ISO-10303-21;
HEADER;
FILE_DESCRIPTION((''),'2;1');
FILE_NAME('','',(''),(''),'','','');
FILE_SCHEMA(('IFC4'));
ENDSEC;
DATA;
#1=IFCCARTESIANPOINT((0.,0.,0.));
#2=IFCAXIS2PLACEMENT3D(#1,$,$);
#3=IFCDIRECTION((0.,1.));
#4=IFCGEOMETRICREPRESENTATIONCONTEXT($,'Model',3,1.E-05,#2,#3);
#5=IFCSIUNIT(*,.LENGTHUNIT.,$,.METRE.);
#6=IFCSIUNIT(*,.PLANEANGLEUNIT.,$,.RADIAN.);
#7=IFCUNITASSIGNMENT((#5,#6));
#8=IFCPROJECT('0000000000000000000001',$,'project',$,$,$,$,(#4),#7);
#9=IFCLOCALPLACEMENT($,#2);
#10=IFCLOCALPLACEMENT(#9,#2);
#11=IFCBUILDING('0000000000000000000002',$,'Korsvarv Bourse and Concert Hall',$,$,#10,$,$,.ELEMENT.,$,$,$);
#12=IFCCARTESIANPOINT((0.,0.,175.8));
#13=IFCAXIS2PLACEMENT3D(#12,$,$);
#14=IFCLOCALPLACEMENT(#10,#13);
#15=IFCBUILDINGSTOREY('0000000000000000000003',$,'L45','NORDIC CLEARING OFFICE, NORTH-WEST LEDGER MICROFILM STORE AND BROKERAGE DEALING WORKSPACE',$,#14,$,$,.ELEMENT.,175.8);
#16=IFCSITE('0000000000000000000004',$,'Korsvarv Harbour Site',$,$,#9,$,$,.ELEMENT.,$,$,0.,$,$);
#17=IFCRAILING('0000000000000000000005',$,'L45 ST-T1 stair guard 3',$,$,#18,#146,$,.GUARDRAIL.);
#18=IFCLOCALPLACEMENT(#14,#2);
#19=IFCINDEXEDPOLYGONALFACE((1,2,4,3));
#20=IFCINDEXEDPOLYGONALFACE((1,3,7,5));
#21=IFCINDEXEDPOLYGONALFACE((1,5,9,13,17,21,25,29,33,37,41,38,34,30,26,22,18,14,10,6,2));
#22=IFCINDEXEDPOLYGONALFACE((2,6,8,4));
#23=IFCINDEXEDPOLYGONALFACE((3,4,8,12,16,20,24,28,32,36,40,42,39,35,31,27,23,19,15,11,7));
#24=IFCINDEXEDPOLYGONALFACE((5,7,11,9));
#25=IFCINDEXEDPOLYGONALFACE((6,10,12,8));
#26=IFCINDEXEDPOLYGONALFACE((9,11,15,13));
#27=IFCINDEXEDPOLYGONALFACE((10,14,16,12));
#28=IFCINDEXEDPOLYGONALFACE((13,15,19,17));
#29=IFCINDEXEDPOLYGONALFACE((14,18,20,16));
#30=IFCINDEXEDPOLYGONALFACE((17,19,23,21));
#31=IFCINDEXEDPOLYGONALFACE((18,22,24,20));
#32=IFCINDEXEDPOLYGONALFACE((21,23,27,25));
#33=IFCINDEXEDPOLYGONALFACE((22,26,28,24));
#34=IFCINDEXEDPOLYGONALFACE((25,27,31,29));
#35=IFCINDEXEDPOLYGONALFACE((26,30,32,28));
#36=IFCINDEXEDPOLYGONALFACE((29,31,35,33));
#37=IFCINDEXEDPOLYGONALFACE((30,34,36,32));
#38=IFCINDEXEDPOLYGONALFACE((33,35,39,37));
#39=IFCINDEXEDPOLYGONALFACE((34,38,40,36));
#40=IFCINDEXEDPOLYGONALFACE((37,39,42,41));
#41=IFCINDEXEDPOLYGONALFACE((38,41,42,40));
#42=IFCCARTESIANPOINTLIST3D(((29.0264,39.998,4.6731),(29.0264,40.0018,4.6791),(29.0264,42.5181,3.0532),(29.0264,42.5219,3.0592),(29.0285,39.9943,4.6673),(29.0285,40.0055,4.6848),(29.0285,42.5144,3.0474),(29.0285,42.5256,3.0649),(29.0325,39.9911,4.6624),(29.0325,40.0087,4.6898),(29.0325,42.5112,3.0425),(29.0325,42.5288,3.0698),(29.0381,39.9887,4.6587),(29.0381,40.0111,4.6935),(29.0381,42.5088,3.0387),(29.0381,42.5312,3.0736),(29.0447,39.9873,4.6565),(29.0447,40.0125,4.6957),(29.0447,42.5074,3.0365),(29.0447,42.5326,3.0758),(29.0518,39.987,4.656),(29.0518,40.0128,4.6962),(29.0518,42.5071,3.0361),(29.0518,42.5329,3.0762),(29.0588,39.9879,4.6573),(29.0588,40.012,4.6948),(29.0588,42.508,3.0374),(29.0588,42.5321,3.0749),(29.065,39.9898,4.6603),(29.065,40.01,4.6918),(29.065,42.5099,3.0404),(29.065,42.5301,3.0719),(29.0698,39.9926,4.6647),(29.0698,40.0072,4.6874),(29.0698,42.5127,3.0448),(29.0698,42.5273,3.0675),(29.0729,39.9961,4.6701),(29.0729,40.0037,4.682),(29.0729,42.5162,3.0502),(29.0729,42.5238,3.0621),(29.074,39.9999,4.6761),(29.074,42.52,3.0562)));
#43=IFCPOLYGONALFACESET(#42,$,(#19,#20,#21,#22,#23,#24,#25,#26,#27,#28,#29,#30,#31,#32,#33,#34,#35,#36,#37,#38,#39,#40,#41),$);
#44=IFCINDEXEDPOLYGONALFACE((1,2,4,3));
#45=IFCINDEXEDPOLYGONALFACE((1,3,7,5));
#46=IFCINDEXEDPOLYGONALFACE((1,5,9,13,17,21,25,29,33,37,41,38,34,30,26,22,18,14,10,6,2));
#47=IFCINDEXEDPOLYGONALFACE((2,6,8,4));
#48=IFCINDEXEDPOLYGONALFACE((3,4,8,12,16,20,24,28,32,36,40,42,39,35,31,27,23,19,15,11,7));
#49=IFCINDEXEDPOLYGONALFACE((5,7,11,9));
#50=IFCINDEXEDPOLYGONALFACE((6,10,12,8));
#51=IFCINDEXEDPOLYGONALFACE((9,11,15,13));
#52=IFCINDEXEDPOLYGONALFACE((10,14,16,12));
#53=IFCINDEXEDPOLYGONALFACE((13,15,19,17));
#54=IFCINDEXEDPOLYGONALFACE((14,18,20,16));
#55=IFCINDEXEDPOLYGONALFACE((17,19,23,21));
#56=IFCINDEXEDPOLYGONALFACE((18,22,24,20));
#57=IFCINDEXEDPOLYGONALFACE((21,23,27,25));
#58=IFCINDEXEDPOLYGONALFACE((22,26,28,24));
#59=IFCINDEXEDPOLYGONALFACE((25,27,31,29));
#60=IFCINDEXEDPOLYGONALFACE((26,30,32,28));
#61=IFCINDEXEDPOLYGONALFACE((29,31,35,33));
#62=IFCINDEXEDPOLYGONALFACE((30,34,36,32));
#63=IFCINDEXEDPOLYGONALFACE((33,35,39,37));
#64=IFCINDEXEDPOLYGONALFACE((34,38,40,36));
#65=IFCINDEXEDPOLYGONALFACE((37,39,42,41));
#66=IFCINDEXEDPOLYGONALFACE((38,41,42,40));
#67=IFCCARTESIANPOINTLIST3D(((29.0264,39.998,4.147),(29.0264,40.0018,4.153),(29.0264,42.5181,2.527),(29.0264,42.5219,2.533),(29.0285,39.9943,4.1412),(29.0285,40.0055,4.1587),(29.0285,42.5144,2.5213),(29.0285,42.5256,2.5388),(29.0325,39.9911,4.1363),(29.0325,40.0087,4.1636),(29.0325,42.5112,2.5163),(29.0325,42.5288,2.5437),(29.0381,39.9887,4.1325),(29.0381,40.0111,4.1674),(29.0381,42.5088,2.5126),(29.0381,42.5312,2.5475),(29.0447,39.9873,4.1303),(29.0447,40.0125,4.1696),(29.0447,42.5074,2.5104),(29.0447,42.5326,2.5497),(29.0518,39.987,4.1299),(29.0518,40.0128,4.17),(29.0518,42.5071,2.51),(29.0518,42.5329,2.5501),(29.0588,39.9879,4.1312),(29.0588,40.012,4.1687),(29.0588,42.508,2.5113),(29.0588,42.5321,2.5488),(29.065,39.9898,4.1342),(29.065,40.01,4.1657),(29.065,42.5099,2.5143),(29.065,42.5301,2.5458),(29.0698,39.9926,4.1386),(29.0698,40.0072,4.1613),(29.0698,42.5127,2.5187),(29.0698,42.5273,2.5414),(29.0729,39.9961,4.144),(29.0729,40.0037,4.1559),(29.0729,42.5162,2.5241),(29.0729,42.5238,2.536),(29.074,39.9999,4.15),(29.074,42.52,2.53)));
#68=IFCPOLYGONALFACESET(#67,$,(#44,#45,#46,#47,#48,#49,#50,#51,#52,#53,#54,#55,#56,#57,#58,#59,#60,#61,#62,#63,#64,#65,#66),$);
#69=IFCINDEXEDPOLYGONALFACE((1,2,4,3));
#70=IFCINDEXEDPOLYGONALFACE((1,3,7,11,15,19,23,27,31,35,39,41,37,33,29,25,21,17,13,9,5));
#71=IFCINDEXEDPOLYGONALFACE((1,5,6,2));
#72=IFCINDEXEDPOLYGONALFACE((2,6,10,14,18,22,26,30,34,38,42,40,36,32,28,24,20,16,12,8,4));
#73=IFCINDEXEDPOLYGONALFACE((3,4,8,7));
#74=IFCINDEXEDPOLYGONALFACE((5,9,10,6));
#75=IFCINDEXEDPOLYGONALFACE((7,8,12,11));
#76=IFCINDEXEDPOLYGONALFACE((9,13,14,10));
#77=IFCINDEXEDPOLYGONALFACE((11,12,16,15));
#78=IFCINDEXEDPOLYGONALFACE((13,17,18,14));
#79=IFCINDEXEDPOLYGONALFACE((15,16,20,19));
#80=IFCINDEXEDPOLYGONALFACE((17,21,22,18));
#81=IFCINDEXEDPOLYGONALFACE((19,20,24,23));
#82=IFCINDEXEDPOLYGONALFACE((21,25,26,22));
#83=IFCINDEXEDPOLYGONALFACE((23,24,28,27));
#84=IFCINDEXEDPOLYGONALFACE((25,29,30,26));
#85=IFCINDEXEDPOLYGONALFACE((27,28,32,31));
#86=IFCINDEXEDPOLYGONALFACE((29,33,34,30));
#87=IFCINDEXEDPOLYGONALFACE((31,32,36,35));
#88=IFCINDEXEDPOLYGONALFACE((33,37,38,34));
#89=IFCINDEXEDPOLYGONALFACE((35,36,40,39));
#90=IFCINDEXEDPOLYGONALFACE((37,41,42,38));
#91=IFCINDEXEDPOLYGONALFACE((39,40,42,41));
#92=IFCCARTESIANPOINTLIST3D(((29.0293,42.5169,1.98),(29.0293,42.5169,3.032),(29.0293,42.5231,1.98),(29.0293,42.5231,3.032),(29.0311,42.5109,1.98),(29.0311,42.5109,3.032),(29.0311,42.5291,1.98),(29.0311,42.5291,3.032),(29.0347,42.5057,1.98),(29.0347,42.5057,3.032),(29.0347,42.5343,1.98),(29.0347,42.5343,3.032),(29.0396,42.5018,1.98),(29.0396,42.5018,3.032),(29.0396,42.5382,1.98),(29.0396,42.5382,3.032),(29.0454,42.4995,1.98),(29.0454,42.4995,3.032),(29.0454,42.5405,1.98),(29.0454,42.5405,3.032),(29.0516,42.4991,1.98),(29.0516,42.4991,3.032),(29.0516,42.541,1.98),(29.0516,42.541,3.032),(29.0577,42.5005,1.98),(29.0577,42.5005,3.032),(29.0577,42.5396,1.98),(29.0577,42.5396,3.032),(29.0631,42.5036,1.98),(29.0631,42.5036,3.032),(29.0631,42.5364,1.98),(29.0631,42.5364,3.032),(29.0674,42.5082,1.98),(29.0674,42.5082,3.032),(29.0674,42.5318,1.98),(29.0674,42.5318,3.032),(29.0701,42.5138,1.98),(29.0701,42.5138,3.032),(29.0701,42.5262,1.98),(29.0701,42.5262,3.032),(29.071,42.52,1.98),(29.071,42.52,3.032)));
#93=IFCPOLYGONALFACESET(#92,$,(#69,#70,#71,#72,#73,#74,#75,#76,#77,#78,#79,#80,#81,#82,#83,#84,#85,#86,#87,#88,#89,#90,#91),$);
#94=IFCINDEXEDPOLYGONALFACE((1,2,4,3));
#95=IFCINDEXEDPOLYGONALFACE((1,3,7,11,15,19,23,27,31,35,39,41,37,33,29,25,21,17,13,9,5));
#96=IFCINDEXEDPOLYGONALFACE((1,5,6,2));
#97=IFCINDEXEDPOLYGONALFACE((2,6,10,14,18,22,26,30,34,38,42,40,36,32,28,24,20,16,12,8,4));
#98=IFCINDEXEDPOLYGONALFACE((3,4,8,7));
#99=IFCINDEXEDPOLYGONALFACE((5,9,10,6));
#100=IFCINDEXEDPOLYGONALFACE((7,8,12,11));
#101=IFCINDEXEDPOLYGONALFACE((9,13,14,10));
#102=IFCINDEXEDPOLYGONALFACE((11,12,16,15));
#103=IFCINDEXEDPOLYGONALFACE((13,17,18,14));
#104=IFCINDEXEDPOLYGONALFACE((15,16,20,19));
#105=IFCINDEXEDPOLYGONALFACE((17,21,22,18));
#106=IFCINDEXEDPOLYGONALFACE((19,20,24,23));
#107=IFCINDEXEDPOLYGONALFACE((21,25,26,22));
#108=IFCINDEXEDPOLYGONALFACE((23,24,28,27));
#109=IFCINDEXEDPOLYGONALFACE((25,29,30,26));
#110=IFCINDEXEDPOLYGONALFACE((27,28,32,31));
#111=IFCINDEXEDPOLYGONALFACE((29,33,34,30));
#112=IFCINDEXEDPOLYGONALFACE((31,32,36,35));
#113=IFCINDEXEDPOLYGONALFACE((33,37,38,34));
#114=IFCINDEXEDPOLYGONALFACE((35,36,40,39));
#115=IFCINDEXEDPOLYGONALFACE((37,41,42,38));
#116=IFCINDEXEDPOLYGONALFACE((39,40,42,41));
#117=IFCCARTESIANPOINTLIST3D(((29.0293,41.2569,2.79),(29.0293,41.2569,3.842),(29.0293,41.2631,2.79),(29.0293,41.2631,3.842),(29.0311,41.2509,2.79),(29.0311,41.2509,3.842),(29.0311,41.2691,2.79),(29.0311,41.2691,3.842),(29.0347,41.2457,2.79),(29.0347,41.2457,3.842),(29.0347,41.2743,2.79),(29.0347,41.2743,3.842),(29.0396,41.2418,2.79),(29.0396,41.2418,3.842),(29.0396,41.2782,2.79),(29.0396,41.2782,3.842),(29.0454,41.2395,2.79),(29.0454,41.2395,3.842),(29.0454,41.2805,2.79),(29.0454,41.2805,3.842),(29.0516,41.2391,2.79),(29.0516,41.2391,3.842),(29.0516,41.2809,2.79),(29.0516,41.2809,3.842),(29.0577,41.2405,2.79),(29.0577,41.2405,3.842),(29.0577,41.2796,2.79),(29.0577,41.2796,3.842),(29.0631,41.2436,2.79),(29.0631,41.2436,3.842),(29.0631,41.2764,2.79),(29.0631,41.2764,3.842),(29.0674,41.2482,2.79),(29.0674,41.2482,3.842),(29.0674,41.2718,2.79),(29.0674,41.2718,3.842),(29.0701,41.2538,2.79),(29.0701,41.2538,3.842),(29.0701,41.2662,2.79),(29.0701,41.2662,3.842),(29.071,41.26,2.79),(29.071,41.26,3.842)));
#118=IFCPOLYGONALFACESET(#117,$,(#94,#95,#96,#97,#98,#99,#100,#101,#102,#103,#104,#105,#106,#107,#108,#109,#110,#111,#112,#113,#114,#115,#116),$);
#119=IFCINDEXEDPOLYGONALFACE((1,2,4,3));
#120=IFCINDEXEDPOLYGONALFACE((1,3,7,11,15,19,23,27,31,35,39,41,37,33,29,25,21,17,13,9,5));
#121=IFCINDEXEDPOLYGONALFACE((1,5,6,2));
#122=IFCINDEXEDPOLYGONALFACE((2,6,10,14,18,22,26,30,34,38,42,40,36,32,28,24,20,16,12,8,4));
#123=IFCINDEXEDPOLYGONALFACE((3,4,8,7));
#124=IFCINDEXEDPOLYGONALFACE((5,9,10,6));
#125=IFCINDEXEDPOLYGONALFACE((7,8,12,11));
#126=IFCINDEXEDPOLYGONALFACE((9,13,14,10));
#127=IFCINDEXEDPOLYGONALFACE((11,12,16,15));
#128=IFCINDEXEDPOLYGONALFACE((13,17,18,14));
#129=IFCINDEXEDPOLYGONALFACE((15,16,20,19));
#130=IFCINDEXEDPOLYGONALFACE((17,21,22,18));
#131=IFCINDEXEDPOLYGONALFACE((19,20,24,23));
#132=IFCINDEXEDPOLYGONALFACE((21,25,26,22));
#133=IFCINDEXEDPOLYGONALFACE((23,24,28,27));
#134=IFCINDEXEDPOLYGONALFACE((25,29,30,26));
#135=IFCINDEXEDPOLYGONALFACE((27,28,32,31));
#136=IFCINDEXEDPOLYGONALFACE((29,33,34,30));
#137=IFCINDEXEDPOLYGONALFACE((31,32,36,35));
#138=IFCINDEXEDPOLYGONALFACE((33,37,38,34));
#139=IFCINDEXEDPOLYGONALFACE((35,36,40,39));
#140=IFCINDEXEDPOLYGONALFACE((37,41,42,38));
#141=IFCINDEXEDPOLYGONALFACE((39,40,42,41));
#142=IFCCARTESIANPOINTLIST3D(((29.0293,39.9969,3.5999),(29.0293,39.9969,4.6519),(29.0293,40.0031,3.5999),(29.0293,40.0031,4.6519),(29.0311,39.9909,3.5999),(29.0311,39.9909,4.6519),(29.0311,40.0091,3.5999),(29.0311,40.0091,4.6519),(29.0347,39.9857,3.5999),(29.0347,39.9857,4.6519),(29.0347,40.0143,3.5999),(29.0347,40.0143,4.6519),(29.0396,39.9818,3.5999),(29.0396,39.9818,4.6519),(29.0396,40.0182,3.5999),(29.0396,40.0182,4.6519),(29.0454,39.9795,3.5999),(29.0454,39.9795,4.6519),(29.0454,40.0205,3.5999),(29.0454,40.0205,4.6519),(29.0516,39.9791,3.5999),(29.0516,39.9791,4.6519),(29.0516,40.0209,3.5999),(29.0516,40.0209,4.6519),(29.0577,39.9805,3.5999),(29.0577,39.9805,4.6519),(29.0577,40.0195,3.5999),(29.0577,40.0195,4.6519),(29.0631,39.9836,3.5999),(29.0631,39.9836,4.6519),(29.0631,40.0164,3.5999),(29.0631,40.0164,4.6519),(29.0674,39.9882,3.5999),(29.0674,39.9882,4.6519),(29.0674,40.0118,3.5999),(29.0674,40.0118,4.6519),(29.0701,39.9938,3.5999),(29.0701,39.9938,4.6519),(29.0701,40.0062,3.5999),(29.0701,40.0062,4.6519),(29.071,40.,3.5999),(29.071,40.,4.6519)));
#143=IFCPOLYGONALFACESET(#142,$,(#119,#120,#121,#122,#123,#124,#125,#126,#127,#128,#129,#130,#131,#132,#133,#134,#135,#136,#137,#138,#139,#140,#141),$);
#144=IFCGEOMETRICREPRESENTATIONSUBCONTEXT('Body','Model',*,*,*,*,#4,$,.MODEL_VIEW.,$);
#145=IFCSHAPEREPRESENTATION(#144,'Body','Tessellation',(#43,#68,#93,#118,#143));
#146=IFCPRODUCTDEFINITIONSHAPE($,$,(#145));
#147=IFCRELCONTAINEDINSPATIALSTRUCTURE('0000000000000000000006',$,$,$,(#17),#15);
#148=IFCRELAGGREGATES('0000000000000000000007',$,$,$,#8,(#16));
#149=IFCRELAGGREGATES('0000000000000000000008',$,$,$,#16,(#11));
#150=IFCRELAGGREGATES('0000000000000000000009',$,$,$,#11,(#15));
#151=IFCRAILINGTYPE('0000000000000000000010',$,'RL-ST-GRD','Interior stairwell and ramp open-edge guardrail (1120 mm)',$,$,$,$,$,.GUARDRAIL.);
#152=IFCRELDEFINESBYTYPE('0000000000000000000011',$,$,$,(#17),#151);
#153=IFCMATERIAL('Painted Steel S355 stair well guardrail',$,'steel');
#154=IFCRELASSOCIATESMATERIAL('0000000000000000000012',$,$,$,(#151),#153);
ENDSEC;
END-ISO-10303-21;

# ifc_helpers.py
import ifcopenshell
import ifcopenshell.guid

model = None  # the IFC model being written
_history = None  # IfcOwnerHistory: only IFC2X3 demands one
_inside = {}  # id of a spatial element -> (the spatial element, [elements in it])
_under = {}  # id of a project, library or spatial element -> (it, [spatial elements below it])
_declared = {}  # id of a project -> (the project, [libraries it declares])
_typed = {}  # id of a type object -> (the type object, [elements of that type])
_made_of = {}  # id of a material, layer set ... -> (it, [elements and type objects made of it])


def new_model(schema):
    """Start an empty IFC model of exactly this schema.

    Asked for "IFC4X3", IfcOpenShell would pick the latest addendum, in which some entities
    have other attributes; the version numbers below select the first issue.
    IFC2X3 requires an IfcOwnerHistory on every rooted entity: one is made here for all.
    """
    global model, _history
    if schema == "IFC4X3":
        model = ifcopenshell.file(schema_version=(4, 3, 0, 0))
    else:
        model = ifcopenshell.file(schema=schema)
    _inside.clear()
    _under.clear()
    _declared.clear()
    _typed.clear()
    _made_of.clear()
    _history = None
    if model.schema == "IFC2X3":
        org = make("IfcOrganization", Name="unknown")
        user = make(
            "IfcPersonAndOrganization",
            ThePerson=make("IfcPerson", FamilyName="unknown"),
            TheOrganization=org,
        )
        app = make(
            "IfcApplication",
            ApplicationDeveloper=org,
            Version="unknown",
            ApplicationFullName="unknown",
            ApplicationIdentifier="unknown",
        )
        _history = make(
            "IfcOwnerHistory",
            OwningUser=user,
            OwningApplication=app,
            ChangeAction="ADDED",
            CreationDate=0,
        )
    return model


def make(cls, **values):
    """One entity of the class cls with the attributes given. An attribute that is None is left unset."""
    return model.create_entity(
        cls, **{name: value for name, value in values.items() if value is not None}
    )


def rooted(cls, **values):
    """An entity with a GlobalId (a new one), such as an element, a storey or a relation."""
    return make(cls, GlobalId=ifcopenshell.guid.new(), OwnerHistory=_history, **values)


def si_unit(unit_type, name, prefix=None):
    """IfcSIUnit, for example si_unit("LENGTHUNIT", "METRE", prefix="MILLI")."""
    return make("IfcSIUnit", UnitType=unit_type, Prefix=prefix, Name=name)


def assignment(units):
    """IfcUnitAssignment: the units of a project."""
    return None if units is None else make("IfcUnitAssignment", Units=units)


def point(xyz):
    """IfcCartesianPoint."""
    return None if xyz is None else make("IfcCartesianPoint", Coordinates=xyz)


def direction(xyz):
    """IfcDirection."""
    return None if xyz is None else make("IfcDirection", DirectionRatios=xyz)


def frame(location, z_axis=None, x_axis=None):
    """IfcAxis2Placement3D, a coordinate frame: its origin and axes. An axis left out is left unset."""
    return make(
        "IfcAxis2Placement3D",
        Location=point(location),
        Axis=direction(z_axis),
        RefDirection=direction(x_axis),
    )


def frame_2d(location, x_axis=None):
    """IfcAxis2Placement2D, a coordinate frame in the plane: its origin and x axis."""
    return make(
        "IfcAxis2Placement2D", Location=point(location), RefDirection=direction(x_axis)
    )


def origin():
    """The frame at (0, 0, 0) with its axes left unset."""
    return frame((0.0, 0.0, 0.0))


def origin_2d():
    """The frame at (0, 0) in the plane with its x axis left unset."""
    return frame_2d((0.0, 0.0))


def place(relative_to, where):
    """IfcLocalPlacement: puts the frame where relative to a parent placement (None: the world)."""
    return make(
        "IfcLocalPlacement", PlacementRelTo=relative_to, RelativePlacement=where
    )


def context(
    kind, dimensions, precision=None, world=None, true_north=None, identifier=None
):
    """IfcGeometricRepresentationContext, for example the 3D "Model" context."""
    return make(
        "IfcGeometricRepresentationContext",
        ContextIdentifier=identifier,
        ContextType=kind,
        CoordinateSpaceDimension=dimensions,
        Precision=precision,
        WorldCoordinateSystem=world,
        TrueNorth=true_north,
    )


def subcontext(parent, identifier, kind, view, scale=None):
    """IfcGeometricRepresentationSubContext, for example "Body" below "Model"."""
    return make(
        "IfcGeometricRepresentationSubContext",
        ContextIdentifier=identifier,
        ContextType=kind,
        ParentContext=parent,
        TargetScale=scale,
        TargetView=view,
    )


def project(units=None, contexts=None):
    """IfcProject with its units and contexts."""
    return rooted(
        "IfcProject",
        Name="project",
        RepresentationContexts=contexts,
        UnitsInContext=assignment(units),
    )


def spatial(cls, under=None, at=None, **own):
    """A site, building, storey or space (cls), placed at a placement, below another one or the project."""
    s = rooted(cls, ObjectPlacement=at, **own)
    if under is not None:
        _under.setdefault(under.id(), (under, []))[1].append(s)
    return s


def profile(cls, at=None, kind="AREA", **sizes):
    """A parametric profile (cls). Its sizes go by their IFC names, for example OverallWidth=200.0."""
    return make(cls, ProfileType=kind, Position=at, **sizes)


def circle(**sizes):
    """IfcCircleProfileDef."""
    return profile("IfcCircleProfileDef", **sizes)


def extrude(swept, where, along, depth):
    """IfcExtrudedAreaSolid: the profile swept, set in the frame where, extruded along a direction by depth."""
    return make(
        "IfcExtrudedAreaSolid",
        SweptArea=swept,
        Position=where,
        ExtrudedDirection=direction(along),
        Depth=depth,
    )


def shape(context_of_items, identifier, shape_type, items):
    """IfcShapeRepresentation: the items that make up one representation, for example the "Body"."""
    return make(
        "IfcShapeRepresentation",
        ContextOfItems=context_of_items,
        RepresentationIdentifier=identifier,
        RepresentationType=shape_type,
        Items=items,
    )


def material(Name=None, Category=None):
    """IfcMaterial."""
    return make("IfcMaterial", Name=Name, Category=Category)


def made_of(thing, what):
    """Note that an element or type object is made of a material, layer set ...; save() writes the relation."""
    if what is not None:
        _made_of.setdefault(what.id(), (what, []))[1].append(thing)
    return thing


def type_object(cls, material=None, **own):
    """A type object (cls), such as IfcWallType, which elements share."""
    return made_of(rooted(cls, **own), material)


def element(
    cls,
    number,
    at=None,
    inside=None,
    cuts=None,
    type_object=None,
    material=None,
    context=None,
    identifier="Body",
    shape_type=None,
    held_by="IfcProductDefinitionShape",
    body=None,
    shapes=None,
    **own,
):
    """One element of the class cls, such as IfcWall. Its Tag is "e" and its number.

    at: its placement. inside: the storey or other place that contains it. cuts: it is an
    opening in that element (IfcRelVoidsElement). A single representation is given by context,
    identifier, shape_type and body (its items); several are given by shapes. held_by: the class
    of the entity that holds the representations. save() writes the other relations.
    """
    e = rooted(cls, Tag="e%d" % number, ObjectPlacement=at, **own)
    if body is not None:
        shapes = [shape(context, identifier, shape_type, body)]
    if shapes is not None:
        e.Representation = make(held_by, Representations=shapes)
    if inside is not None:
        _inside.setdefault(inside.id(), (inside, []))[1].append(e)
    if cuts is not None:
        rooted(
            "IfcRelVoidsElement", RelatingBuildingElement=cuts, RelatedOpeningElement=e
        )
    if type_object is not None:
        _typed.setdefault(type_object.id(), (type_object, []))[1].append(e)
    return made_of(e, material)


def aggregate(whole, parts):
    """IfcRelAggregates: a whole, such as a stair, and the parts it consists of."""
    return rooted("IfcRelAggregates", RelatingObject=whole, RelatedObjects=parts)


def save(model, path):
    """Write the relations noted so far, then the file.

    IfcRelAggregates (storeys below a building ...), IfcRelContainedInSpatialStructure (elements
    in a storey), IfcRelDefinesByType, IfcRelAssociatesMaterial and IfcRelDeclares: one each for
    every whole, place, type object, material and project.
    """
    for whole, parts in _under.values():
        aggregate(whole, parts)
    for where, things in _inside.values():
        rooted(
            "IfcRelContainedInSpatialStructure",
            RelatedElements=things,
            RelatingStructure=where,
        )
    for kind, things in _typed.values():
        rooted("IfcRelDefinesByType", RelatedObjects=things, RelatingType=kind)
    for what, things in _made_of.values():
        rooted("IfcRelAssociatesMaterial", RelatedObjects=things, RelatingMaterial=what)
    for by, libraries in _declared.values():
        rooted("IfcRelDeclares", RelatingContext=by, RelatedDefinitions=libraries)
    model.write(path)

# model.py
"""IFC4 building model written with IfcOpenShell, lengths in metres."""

from ifc_helpers import new_model, si_unit, direction, frame, origin, origin_2d, place, context, subcontext, project, spatial, circle, extrude, material, type_object, element, save


model = new_model("IFC4")

# Units and contexts
model_context = context("Model", 3, precision=1e-05, world=origin(), true_north=direction((0.0, 1.0)))
body_context = subcontext(model_context, "Body", "Model", "MODEL_VIEW")
ifc_project = project(units=[si_unit("LENGTHUNIT", "METRE"), si_unit("PLANEANGLEUNIT", "RADIAN")], contexts=[model_context])

# Site, building, storey
site_placement = place(None, origin())
site = spatial("IfcSite", under=ifc_project, at=site_placement, Name="Korsvarv Harbour Site", CompositionType="ELEMENT", RefElevation=0.0)
building_placement = place(site_placement, origin())
building = spatial("IfcBuilding", under=site, at=building_placement, Name="Korsvarv Bourse and Concert Hall", CompositionType="ELEMENT")
storey_placement = place(building_placement, frame((0.0, 0.0, 175.8)))
storey = spatial("IfcBuildingStorey", under=building, at=storey_placement, Name="L45", Description="NORDIC CLEARING OFFICE, NORTH-WEST LEDGER MICROFILM STORE AND BROKERAGE DEALING WORKSPACE", CompositionType="ELEMENT", Elevation=175.8)

# Railing
ifc_material_1 = material(Name="Painted Steel S355 stair well guardrail", Category="steel")
railing_type_1 = type_object("IfcRailingType", Name="RL-ST-GRD", Description="Interior stairwell and ramp open-edge guardrail (1120 mm)", PredefinedType="GUARDRAIL", material=ifc_material_1)
railing_1_placement = place(storey_placement, frame((29.05, 42.52, 1.98)))
element("IfcRailing", 1, at=railing_1_placement, inside=storey, type_object=railing_type_1, Name="L45 ST-T1 stair guard 3", PredefinedType="GUARDRAIL", context=body_context, shape_type="SweptSolid", body=[
    extrude(circle(Radius=0.0239, at=origin_2d()), frame((0.0, 0.0, 1.0762), z_axis=(0.0, -0.8412, 0.540725), x_axis=(1.0, 0.0, 0.0)), (0.0, 0.0, 1.0), 2.9958),
    extrude(circle(Radius=0.0239, at=origin_2d()), frame((0.0, 0.0, 0.55), z_axis=(0.0, -0.8412, 0.540725), x_axis=(1.0, 0.0, 0.0)), (0.0, 0.0, 1.0), 2.9958),
    extrude(circle(Radius=0.021, at=origin_2d()), origin(), (0.0, 0.0, 1.0), 1.052),
    extrude(circle(Radius=0.021, at=origin_2d()), frame((0.0, -1.26, 0.8101)), (0.0, 0.0, 1.0), 1.052),
    extrude(circle(Radius=0.021, at=origin_2d()), frame((0.0, -2.52, 1.6199)), (0.0, 0.0, 1.0), 1.052),
])

save(model, "model.ifc")
